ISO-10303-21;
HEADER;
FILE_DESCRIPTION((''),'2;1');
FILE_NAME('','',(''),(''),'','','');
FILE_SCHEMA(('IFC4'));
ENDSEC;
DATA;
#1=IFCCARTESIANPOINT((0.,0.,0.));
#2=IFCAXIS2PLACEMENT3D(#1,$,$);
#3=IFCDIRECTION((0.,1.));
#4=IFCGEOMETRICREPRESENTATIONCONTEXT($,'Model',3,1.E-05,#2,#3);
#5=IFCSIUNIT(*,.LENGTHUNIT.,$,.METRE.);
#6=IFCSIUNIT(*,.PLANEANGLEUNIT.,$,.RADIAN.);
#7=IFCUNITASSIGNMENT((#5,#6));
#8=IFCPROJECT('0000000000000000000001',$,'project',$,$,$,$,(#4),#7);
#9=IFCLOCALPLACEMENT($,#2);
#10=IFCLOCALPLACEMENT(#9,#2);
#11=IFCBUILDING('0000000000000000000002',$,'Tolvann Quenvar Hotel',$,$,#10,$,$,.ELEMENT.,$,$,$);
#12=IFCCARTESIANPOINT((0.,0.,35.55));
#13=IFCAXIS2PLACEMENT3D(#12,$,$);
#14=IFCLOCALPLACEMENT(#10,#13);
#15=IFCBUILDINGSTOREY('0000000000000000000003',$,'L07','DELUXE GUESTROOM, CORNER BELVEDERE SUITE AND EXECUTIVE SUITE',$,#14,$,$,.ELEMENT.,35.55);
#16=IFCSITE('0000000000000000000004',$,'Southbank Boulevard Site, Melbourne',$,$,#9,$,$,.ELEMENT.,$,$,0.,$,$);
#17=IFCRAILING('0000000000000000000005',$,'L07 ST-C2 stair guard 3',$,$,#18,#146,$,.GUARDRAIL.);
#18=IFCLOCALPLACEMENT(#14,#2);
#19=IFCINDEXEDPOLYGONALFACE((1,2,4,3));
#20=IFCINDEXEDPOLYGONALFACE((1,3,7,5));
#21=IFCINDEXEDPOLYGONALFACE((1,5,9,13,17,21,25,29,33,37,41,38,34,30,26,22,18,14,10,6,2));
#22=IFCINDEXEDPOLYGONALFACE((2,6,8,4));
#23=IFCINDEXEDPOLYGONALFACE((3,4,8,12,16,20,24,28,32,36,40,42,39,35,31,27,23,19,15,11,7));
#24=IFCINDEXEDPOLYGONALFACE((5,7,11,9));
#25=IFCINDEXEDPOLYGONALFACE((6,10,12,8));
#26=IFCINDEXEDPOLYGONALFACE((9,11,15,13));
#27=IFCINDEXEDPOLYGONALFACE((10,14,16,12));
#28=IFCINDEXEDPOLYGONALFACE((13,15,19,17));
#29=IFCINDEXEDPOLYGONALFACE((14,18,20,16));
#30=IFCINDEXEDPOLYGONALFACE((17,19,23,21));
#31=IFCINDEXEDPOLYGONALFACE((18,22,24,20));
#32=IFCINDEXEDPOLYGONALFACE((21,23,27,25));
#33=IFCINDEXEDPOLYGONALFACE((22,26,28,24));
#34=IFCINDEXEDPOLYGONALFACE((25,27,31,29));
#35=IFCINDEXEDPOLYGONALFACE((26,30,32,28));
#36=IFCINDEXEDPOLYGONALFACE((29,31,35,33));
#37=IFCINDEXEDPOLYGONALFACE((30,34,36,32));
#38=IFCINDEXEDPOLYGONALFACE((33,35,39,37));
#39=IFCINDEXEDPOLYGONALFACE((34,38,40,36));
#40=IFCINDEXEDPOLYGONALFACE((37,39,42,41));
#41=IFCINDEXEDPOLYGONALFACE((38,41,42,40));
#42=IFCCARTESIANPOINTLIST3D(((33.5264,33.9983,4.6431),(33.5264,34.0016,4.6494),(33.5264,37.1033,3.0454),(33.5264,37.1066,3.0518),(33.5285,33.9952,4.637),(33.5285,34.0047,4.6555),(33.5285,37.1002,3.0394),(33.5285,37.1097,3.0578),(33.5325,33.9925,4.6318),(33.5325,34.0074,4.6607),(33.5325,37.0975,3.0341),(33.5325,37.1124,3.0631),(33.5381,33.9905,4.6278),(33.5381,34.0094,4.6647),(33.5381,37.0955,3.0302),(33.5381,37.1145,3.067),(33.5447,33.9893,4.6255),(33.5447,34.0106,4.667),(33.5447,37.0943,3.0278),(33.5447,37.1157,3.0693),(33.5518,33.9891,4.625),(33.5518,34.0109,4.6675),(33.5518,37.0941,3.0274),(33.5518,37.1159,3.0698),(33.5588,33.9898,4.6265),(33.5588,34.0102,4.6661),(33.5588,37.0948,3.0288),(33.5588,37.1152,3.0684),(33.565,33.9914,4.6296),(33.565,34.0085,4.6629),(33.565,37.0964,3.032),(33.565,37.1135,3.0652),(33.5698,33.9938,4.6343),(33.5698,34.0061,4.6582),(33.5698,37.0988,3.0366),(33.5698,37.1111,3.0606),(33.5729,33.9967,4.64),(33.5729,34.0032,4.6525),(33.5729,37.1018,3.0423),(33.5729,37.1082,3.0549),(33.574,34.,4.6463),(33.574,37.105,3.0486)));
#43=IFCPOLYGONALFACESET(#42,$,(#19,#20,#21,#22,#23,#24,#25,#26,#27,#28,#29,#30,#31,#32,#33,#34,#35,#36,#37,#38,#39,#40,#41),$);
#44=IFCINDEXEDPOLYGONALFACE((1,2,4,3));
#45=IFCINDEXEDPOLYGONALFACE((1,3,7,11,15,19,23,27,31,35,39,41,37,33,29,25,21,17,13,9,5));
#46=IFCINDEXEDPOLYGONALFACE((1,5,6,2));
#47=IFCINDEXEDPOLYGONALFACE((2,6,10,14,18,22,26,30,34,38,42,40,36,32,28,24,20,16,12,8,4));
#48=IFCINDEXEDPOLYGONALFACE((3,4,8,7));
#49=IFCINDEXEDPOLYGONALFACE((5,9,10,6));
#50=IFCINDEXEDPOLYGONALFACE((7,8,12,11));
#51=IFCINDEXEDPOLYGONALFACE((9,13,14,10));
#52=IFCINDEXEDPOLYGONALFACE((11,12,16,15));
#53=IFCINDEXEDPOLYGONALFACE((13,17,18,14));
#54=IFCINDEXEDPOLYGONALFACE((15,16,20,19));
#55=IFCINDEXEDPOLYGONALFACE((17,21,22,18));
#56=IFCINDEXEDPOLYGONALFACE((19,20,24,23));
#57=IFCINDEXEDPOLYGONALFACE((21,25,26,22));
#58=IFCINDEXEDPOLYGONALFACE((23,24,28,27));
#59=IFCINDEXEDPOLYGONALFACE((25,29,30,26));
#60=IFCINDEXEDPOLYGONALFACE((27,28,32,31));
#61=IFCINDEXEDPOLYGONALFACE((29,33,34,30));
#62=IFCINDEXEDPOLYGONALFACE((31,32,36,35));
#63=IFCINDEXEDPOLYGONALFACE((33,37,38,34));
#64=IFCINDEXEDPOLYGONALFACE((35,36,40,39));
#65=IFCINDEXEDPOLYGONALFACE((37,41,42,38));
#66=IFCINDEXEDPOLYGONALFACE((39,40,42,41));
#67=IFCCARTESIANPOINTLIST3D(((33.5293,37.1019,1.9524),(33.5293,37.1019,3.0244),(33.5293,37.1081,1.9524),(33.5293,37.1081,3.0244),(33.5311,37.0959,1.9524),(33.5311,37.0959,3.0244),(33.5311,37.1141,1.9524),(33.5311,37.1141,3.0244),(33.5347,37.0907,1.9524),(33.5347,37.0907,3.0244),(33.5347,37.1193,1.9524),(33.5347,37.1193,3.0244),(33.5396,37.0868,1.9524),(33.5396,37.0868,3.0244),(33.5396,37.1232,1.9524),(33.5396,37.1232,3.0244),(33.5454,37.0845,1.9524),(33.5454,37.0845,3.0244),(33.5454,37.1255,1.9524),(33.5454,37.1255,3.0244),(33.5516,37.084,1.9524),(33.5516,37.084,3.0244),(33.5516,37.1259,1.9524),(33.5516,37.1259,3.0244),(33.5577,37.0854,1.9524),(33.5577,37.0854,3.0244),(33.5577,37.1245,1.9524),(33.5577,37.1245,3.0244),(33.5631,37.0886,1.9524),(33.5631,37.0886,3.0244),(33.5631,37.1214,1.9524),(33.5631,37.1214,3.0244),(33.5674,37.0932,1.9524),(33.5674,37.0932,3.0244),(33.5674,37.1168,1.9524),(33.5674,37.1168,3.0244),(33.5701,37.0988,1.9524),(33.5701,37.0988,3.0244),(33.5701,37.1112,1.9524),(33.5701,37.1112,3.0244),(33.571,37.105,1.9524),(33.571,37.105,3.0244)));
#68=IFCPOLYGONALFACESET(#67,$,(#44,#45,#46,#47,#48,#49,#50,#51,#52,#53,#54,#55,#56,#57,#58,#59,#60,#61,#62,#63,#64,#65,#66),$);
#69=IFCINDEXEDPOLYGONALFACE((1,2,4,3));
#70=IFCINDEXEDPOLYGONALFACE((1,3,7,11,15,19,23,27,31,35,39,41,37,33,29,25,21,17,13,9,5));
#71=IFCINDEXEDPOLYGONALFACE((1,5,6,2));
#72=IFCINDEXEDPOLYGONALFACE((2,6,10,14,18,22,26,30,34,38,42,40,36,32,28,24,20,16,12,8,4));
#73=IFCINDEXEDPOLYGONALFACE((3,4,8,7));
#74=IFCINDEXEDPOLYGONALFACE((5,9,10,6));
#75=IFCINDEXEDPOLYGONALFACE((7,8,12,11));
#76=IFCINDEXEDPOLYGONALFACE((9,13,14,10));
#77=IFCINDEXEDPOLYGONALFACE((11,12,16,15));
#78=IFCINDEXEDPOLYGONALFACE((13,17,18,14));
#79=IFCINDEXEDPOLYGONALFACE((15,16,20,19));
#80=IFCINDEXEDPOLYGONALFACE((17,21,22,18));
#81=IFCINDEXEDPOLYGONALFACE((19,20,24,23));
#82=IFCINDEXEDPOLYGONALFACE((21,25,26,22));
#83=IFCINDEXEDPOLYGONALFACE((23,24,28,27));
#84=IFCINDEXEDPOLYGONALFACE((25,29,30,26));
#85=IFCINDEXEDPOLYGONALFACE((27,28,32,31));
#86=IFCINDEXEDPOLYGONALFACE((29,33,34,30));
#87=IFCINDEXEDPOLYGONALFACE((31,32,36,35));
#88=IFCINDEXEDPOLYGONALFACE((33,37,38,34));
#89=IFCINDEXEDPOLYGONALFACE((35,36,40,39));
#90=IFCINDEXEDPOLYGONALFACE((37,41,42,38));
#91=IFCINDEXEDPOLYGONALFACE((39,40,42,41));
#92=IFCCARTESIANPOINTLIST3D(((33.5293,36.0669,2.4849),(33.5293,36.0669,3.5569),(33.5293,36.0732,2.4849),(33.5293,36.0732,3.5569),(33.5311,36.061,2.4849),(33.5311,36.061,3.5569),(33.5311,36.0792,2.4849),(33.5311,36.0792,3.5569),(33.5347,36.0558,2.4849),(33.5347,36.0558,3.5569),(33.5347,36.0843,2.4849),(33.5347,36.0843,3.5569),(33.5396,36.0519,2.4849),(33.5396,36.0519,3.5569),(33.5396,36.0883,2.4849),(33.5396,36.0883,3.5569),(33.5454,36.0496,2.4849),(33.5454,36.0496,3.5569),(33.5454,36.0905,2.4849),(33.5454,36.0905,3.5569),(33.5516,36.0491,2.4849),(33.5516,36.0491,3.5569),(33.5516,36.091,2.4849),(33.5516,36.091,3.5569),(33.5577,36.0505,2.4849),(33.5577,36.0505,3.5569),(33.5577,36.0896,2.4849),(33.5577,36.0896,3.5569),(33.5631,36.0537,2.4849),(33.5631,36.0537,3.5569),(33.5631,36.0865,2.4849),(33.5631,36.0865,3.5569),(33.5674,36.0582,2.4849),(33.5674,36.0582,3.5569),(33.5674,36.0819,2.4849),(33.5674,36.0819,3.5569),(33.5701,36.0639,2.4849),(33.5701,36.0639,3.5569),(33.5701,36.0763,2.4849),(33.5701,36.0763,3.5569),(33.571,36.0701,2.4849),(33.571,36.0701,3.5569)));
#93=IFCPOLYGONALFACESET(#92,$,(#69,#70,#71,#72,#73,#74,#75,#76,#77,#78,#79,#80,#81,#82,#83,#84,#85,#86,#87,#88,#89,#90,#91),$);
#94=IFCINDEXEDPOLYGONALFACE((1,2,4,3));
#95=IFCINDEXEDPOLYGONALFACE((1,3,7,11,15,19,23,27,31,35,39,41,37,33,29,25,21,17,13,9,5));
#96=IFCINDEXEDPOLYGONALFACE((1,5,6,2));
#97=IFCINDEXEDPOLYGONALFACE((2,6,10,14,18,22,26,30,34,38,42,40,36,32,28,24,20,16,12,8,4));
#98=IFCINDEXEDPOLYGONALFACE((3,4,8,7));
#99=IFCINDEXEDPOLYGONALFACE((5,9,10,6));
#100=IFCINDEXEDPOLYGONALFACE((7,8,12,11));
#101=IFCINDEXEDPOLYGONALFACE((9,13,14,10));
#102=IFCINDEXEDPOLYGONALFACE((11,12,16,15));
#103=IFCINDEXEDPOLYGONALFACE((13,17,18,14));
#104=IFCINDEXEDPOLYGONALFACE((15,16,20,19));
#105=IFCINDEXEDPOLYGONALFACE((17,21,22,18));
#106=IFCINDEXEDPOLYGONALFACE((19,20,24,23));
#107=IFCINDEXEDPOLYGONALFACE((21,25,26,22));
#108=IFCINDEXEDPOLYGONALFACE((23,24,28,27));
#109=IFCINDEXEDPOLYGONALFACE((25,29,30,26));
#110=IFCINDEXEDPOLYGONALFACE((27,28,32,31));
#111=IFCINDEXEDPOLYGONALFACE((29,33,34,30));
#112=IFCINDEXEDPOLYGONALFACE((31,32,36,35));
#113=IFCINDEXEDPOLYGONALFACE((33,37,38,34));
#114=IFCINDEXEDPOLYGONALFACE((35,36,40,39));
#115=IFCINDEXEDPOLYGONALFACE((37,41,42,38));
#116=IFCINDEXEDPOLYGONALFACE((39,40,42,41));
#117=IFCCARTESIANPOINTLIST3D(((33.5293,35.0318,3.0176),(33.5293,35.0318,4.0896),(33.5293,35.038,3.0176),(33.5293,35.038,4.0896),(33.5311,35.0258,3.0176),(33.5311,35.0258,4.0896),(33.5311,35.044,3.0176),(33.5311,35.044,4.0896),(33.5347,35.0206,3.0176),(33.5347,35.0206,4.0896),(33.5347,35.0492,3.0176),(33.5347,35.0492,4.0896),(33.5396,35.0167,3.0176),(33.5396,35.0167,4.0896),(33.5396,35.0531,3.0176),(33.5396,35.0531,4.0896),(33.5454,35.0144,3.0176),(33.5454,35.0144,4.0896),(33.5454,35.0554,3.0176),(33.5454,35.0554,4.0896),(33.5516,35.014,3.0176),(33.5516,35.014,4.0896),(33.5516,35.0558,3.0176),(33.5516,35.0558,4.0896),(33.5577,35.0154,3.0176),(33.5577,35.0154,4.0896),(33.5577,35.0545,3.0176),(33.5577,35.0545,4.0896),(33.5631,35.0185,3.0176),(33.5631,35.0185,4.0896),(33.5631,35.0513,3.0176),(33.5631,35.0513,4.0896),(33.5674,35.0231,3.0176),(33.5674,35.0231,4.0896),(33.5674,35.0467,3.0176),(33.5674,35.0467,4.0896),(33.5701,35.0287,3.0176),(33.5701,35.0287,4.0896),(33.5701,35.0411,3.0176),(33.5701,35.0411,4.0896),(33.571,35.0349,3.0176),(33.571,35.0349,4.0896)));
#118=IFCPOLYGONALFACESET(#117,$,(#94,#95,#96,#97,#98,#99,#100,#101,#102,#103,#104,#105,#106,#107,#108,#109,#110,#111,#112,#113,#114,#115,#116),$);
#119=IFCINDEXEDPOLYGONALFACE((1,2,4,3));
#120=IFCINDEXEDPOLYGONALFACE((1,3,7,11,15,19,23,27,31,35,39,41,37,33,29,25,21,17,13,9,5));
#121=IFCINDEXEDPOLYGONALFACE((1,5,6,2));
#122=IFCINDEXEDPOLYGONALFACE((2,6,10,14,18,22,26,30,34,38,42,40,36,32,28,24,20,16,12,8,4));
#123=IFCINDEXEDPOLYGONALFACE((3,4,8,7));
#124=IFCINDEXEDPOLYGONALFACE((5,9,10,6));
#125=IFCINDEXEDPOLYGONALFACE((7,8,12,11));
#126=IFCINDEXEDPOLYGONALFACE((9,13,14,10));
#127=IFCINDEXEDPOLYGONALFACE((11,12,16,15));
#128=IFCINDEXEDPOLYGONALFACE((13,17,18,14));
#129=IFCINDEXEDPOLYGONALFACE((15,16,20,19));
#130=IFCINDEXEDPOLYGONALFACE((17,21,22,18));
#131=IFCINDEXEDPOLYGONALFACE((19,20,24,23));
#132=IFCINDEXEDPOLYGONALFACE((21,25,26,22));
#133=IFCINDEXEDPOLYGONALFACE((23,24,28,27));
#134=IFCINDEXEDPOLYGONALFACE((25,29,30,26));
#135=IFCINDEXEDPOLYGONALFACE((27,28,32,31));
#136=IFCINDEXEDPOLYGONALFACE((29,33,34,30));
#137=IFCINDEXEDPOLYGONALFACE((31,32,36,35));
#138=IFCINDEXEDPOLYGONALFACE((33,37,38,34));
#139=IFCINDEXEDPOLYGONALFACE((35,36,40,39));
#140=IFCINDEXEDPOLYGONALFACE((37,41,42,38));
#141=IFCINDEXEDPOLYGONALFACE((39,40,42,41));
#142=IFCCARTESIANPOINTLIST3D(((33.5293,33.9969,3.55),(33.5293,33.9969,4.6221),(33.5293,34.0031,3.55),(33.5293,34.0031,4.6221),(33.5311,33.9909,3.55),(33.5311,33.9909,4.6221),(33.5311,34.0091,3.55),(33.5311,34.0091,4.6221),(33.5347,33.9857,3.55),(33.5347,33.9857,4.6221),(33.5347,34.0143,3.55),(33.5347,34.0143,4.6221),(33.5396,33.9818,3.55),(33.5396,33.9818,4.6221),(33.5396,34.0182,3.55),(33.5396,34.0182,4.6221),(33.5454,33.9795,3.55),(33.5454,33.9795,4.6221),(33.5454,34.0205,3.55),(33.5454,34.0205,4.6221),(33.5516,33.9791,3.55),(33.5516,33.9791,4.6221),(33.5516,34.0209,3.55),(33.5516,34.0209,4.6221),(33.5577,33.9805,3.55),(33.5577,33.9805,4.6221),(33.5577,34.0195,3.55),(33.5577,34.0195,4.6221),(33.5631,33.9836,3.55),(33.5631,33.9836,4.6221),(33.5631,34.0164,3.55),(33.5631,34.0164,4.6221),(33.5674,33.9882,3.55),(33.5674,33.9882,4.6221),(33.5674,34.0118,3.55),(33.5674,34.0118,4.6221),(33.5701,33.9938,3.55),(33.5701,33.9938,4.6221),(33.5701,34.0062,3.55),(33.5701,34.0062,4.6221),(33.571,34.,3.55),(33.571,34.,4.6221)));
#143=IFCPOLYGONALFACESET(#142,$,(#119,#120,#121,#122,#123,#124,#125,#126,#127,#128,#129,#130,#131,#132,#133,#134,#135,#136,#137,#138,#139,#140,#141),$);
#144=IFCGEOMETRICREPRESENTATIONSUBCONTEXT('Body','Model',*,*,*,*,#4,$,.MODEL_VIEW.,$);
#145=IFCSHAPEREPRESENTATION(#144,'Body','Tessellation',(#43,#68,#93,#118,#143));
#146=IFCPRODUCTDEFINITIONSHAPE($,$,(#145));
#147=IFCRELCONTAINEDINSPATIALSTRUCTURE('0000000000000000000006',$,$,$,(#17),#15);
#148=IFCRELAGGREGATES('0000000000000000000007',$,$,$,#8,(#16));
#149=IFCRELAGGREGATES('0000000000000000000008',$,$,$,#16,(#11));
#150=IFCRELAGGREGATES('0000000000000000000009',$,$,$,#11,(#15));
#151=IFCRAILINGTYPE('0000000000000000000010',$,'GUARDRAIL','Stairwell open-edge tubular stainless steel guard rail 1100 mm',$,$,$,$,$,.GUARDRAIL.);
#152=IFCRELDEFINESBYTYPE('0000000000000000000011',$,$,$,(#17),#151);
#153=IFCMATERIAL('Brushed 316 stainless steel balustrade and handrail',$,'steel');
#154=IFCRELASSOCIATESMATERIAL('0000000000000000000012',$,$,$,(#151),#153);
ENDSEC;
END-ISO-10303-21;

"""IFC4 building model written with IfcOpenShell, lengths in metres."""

from ifc_helpers import new_model, si_unit, direction, frame, origin, origin_2d, place, context, subcontext, project, spatial, circle, extrude, material, type_object, element, save


model = new_model("IFC4")

# Units and contexts
model_context = context("Model", 3, precision=1e-05, world=origin(), true_north=direction((0.0, 1.0)))
body_context = subcontext(model_context, "Body", "Model", "MODEL_VIEW")
ifc_project = project(units=[si_unit("LENGTHUNIT", "METRE"), si_unit("PLANEANGLEUNIT", "RADIAN")], contexts=[model_context])

# Site, building, storey
site_placement = place(None, origin())
site = spatial("IfcSite", under=ifc_project, at=site_placement, Name="Southbank Boulevard Site, Melbourne", CompositionType="ELEMENT", RefElevation=0.0)
building_placement = place(site_placement, origin())
building = spatial("IfcBuilding", under=site, at=building_placement, Name="Tolvann Quenvar Hotel", CompositionType="ELEMENT")
storey_placement = place(building_placement, frame((0.0, 0.0, 35.55)))
storey = spatial("IfcBuildingStorey", under=building, at=storey_placement, Name="L07", Description="DELUXE GUESTROOM, CORNER BELVEDERE SUITE AND EXECUTIVE SUITE", CompositionType="ELEMENT", Elevation=35.55)

# Railing
ifc_material_1 = material(Name="Brushed 316 stainless steel balustrade and handrail", Category="steel")
railing_type_1 = type_object("IfcRailingType", Name="GUARDRAIL", Description="Stairwell open-edge tubular stainless steel guard rail 1100 mm", PredefinedType="GUARDRAIL", material=ifc_material_1)
railing_1_placement = place(storey_placement, frame((33.55, 37.105, 1.9524)))
element("IfcRailing", 1, at=railing_1_placement, inside=storey, type_object=railing_type_1, Name="L07 ST-C2 stair guard 3", PredefinedType="GUARDRAIL", context=body_context, shape_type="SweptSolid", body=[
    extrude(circle(Radius=0.0239, at=origin_2d()), frame((0.0, 0.0, 1.0962), z_axis=(0.0, -0.889194, 0.457531), x_axis=(1.0, 0.0, 0.0)), (0.0, 0.0, 1.0), 3.4919),
    extrude(circle(Radius=0.021, at=origin_2d()), origin(), (0.0, 0.0, 1.0), 1.072),
    extrude(circle(Radius=0.021, at=origin_2d()), frame((0.0, -1.0349, 0.5325)), (0.0, 0.0, 1.0), 1.072),
    extrude(circle(Radius=0.021, at=origin_2d()), frame((0.0, -2.0701, 1.0652)), (0.0, 0.0, 1.0), 1.072),
    extrude(circle(Radius=0.021, at=origin_2d()), frame((0.0, -3.105, 1.5977)), (0.0, 0.0, 1.0), 1.072),
])

save(model, "model.ifc")
